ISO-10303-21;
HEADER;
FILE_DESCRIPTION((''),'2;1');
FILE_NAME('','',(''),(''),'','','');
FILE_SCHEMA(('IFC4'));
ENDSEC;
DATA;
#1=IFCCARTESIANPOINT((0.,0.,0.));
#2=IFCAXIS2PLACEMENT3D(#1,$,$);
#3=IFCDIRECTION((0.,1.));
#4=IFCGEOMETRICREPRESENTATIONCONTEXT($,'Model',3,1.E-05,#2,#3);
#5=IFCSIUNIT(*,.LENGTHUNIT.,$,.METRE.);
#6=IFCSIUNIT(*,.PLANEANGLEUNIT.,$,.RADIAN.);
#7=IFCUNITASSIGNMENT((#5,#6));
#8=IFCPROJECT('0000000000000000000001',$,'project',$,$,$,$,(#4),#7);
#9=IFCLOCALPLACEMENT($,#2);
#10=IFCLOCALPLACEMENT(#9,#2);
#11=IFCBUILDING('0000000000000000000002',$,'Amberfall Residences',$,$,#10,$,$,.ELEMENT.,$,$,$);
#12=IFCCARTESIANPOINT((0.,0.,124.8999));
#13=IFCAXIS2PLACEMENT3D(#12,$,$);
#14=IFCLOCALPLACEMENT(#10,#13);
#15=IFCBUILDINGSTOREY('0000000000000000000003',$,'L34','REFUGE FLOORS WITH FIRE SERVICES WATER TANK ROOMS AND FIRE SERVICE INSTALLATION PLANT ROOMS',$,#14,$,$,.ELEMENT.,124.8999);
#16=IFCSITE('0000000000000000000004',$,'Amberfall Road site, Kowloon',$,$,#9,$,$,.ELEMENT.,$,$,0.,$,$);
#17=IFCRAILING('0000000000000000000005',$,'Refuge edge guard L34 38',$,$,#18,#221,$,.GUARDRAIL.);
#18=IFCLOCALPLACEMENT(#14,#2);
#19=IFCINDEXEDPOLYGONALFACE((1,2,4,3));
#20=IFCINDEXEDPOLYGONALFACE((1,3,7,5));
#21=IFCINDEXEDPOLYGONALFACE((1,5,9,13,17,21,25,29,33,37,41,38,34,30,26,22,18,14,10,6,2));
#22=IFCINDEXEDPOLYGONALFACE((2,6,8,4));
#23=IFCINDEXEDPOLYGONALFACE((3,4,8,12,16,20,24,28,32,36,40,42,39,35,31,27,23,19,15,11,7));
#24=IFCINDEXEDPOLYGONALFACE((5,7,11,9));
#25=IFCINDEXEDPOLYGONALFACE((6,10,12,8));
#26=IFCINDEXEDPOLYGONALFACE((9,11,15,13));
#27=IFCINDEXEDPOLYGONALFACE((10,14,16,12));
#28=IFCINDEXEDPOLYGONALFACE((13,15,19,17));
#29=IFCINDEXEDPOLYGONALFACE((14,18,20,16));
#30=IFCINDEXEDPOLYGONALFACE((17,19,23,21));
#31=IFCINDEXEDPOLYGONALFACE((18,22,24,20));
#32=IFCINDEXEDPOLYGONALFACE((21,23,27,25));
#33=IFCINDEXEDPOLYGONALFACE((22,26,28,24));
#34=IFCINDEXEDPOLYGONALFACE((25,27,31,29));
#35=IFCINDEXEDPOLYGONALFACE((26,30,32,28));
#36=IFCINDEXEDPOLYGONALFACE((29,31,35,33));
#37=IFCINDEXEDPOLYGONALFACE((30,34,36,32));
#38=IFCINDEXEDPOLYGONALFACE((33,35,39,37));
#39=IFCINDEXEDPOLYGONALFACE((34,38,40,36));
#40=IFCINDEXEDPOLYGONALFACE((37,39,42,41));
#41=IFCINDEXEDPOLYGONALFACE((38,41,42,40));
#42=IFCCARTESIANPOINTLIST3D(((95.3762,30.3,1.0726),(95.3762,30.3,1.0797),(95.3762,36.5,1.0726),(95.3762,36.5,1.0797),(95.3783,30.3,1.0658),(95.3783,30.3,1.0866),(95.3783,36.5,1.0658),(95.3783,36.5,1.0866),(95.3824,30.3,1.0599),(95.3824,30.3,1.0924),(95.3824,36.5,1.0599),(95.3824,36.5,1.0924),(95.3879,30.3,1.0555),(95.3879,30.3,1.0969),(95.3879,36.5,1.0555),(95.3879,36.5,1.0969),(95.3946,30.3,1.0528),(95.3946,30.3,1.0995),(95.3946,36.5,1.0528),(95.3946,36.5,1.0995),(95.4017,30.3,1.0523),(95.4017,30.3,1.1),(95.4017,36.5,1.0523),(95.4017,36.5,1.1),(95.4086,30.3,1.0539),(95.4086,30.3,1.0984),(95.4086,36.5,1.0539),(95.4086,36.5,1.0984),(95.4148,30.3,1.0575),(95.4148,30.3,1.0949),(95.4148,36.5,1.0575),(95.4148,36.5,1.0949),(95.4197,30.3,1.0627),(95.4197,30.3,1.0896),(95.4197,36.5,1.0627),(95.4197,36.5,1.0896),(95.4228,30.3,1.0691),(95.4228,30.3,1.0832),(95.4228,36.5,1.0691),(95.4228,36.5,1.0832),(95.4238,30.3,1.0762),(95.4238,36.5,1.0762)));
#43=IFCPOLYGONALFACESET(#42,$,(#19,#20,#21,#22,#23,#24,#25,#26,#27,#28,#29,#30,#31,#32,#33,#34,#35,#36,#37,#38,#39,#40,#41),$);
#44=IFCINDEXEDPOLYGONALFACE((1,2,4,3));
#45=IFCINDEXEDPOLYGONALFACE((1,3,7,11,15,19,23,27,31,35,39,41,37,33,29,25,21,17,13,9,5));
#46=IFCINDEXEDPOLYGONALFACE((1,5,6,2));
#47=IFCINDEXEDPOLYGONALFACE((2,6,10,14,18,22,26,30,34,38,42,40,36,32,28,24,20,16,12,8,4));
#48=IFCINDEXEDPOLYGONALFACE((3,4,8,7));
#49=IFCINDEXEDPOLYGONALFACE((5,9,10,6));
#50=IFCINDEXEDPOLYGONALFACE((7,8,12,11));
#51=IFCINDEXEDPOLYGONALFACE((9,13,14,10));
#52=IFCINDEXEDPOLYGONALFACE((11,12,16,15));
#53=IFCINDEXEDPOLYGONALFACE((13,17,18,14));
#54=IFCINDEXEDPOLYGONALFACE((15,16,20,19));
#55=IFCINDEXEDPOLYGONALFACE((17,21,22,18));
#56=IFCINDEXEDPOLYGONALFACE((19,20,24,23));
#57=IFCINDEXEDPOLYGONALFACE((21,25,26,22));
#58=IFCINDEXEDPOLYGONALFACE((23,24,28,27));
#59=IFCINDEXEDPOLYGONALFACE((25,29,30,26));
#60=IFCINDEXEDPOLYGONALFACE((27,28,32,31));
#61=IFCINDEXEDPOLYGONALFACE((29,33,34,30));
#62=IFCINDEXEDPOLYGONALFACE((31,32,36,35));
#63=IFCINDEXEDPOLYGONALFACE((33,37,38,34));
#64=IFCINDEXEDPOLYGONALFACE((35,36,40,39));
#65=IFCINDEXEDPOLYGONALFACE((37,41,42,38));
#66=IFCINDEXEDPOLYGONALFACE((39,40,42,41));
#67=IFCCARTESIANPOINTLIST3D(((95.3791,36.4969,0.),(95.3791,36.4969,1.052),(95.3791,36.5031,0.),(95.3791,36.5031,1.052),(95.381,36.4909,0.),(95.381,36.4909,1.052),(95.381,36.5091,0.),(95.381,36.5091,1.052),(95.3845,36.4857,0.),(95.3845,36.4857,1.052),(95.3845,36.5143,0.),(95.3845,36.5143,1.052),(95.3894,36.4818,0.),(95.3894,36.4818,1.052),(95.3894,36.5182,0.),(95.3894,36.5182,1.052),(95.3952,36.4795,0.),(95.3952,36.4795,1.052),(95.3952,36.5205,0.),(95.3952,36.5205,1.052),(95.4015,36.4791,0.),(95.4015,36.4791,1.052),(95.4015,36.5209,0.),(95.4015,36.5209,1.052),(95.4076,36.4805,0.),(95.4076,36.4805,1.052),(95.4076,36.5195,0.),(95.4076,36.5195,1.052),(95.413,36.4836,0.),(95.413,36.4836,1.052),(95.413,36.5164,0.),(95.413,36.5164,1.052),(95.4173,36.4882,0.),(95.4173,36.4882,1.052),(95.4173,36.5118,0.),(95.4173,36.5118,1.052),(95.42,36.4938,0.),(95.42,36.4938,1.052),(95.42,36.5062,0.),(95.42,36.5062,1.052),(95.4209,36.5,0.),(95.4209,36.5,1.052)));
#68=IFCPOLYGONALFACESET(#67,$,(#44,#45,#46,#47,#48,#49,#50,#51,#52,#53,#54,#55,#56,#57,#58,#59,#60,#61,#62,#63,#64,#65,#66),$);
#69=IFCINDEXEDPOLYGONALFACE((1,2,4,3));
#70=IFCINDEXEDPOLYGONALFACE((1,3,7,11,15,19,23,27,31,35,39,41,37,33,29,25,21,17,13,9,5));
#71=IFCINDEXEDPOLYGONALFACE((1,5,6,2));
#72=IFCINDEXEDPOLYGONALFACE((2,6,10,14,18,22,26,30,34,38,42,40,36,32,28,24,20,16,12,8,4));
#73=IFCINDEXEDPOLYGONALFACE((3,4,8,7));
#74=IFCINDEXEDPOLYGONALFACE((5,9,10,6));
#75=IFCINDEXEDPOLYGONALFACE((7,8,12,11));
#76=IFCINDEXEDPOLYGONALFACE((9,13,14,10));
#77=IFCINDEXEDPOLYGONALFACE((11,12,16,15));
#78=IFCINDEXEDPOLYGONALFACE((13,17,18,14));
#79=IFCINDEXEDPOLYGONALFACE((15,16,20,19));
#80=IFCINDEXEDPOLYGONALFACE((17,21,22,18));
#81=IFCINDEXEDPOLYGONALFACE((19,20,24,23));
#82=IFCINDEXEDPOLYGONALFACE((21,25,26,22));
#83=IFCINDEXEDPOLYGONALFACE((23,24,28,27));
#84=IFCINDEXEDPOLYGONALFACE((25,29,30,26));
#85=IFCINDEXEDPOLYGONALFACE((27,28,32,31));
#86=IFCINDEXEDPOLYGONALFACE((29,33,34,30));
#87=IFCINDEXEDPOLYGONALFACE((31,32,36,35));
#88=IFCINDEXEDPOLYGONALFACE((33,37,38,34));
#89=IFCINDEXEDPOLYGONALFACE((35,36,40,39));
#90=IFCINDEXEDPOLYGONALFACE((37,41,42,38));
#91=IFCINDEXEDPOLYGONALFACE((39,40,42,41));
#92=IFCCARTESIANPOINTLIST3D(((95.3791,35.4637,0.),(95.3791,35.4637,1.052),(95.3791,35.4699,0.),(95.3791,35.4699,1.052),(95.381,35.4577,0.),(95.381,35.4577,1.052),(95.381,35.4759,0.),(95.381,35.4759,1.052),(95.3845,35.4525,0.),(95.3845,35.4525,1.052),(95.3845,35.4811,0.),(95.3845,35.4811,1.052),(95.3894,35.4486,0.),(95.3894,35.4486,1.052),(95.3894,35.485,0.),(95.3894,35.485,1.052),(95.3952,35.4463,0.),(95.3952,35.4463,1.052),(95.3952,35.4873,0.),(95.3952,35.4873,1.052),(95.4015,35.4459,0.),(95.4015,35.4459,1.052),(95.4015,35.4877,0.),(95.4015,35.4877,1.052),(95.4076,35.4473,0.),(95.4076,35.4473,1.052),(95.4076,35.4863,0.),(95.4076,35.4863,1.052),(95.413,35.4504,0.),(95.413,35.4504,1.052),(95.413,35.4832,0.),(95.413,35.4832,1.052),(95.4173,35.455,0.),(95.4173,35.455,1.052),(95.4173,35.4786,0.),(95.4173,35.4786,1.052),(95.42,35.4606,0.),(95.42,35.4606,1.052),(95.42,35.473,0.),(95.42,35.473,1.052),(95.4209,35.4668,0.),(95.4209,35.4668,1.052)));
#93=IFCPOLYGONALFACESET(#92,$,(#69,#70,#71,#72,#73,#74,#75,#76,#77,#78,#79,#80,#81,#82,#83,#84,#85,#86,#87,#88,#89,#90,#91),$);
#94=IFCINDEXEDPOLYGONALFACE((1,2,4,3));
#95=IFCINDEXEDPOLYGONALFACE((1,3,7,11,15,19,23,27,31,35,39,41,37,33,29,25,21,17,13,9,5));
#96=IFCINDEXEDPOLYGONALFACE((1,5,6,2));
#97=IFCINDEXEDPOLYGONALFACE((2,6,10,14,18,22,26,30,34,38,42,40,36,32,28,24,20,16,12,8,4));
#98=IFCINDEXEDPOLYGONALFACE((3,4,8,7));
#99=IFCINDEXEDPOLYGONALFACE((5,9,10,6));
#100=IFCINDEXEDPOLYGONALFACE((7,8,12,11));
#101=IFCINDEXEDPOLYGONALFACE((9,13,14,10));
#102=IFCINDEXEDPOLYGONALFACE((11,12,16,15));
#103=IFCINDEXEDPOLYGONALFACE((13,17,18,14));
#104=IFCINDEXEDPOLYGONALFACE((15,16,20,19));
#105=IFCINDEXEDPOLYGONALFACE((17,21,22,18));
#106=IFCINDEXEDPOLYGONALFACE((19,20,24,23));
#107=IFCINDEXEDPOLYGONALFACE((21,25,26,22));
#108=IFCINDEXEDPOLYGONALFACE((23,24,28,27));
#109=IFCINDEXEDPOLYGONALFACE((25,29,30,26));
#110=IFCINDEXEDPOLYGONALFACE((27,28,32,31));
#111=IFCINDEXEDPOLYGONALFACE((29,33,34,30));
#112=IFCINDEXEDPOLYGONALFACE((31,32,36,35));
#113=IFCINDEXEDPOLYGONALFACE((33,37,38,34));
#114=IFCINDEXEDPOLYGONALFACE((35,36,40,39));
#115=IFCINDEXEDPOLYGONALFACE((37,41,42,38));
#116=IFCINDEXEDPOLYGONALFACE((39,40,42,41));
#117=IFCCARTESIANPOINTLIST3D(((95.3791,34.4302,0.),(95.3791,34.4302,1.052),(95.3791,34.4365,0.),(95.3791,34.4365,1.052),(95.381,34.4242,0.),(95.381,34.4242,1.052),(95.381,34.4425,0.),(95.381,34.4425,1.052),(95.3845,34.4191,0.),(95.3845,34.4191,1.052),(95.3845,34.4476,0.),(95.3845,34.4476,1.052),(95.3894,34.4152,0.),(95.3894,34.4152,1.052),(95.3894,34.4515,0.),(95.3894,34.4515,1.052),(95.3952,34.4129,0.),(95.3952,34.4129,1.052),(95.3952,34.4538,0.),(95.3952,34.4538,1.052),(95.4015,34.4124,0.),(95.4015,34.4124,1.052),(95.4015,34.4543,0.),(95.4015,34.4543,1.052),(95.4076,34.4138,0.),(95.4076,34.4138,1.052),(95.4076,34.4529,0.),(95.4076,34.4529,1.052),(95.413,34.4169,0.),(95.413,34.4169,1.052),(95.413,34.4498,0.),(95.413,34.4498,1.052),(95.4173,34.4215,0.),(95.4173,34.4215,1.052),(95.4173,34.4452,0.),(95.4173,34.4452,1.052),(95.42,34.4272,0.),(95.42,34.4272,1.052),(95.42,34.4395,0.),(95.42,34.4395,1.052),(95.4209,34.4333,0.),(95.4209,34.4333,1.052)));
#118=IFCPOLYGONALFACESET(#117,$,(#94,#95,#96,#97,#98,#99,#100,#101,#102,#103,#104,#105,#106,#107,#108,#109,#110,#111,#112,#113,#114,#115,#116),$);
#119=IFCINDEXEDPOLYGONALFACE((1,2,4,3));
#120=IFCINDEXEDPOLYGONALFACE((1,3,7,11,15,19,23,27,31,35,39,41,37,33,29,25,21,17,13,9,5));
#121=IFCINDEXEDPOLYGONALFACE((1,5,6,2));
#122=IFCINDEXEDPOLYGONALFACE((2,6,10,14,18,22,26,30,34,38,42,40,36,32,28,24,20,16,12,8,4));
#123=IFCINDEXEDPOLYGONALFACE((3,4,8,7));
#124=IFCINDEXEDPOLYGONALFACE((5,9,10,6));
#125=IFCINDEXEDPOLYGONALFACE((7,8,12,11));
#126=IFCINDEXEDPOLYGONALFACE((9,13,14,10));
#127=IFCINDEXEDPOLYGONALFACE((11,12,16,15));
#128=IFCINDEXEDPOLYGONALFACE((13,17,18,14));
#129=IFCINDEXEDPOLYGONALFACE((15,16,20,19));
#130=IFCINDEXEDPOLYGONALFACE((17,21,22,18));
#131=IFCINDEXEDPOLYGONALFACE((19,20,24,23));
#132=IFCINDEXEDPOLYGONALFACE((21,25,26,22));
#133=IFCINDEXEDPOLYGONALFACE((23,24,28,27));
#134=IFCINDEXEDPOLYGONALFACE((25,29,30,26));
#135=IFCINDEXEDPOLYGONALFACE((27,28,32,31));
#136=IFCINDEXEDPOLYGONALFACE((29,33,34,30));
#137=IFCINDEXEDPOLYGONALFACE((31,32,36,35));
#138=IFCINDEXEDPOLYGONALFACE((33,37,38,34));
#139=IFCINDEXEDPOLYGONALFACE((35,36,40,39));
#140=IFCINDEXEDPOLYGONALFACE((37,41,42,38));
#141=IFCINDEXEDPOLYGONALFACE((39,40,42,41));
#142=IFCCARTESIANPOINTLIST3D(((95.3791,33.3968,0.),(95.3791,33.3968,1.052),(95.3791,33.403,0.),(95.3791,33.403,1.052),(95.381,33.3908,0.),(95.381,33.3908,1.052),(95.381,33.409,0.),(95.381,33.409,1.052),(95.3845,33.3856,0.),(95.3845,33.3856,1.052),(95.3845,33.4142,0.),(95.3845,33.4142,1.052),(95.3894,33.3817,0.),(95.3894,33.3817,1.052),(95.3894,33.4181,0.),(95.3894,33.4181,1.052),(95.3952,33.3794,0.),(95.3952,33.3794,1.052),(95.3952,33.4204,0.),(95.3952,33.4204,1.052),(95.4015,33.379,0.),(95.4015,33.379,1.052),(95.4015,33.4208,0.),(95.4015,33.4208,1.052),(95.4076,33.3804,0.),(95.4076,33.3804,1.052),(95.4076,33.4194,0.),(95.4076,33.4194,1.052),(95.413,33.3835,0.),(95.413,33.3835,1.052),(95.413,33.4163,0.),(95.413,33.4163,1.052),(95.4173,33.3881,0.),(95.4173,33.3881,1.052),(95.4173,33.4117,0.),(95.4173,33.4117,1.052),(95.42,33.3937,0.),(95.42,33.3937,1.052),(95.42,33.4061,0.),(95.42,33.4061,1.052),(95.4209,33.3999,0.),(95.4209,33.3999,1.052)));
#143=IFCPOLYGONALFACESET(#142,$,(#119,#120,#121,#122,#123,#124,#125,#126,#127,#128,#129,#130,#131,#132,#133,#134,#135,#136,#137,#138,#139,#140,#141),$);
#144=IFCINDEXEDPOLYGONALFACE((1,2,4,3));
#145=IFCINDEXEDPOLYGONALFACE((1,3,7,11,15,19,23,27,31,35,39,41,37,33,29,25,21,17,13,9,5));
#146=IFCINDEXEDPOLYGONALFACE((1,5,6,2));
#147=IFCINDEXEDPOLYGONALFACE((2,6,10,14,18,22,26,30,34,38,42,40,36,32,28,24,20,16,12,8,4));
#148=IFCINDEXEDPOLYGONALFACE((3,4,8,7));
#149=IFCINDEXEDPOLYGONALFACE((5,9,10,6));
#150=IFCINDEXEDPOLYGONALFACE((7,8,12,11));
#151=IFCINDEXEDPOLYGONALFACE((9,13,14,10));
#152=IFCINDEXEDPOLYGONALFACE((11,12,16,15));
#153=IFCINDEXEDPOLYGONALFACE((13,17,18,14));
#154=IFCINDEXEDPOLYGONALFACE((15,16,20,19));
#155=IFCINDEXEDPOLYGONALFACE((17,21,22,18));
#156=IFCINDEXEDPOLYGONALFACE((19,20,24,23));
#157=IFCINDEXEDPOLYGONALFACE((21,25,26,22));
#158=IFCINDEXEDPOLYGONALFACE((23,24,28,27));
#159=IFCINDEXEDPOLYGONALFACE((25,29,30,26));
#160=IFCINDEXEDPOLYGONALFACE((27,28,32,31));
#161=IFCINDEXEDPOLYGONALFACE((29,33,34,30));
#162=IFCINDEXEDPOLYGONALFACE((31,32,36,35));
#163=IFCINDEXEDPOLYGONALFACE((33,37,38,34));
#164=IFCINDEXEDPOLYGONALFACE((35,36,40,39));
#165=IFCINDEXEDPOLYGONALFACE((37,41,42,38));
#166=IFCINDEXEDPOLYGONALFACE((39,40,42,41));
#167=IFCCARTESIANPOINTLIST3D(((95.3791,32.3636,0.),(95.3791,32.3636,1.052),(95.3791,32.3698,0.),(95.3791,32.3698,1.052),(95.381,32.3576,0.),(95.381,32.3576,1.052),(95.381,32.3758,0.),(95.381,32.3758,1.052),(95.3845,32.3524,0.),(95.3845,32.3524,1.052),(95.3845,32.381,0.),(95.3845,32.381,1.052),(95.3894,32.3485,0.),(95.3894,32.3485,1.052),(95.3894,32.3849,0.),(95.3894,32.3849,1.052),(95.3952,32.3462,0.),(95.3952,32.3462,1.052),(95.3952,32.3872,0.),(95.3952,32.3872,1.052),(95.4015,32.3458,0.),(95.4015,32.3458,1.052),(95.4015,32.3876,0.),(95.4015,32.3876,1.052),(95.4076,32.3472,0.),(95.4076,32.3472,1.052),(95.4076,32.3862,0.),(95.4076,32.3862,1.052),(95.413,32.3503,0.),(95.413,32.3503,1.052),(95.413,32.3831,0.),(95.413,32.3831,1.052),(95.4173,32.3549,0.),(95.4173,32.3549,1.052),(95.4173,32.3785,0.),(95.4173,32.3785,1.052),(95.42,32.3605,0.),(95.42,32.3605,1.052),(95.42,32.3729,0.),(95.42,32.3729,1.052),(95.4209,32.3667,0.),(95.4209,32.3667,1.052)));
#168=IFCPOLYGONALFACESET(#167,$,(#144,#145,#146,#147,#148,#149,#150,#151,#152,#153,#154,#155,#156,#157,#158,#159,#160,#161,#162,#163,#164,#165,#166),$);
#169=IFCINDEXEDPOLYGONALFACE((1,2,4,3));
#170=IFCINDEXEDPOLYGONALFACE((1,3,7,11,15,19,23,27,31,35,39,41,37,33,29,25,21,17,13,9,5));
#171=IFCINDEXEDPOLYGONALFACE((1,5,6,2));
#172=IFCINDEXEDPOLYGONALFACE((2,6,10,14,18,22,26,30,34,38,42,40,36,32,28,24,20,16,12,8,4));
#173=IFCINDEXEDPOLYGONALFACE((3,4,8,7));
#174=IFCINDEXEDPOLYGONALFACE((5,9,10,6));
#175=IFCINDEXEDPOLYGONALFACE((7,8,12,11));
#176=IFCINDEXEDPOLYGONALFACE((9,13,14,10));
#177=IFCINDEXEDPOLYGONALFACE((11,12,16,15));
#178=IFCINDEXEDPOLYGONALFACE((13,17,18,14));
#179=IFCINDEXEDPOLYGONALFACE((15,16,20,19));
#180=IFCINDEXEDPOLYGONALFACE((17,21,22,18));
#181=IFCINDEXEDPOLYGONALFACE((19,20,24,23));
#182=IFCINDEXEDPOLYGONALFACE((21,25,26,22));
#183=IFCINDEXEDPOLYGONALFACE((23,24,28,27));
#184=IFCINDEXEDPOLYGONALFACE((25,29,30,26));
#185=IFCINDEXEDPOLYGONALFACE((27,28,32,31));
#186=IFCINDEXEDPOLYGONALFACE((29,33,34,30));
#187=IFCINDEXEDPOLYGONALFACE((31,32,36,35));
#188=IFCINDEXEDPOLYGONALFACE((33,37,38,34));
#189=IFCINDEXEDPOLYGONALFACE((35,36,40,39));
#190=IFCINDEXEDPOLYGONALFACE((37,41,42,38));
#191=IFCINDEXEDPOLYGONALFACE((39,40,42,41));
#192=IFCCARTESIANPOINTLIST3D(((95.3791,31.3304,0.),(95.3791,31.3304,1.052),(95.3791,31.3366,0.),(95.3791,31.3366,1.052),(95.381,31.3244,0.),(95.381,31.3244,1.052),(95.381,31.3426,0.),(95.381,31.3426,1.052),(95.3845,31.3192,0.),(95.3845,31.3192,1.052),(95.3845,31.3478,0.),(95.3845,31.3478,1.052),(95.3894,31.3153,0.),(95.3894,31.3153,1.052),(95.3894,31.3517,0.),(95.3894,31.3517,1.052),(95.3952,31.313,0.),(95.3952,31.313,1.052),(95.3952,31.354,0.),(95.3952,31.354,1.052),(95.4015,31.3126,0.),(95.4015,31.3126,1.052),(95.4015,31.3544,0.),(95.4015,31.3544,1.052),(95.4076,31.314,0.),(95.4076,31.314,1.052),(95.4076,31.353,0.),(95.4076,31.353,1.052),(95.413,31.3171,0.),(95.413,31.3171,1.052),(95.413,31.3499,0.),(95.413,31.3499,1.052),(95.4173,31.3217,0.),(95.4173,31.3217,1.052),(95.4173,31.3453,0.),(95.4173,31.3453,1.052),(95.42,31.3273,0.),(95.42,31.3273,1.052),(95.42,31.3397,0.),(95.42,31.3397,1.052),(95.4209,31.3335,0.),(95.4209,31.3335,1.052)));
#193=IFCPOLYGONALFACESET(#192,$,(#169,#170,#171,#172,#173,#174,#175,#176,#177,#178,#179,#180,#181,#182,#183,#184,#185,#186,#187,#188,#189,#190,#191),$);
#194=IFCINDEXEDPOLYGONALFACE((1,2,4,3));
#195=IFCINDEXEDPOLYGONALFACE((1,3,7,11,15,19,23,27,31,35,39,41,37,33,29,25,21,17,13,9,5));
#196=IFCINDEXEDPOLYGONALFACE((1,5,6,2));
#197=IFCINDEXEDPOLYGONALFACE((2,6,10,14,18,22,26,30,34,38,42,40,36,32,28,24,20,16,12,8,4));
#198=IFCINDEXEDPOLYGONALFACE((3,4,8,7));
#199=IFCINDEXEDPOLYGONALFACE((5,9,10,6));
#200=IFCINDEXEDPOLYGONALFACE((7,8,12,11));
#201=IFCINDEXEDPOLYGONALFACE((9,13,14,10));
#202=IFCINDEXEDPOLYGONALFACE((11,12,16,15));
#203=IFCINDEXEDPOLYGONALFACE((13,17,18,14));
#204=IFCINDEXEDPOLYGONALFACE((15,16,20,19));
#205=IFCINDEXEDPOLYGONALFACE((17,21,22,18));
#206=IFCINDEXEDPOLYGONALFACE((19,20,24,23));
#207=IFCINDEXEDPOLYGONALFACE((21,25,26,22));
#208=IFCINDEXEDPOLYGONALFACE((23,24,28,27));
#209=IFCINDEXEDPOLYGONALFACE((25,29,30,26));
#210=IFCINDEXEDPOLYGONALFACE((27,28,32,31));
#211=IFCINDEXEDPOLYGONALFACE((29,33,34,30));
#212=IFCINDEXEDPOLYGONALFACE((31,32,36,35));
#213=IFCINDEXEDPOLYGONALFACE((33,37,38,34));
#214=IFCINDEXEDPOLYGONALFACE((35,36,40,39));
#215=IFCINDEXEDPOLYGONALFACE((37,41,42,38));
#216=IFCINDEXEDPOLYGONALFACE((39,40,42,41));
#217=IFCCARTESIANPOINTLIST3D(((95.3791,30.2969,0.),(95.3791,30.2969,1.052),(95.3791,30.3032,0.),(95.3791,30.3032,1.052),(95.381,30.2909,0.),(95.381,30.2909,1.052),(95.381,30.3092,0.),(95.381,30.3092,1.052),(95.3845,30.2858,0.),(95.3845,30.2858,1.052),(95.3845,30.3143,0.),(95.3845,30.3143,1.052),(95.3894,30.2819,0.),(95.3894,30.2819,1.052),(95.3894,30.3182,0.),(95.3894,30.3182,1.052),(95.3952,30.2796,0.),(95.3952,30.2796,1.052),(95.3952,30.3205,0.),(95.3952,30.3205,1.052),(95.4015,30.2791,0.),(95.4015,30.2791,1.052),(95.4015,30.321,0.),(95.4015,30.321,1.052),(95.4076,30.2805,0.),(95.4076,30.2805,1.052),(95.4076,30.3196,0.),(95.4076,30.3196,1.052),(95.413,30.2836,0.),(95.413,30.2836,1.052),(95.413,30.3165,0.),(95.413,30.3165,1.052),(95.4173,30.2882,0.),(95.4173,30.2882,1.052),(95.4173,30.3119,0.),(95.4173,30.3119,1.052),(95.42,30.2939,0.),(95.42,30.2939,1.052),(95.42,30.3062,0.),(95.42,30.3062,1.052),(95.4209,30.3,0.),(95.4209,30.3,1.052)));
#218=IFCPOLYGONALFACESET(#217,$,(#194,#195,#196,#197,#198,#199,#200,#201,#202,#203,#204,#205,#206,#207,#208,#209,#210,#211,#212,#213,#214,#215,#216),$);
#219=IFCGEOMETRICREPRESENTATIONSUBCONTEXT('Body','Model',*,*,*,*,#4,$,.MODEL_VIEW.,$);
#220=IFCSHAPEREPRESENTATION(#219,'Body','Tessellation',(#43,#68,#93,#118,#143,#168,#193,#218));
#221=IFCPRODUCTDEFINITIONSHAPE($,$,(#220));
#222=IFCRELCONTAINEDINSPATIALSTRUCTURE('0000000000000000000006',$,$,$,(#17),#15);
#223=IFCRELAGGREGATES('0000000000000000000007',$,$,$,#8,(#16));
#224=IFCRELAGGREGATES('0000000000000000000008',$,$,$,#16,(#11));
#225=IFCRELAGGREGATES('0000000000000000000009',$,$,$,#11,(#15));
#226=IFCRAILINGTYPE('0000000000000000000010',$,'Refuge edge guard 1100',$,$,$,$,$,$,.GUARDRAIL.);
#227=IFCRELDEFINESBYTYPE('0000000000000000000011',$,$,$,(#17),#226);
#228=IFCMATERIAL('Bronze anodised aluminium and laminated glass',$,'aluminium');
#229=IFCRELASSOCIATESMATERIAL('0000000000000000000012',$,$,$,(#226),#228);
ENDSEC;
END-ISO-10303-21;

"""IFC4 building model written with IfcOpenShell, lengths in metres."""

from ifc_helpers import new_model, si_unit, direction, frame, origin, origin_2d, place, context, subcontext, project, spatial, circle, extrude, material, type_object, element, save


model = new_model("IFC4")

# Units and contexts
model_context = context("Model", 3, precision=1e-05, world=origin(), true_north=direction((0.0, 1.0)))
body_context = subcontext(model_context, "Body", "Model", "MODEL_VIEW")
ifc_project = project(units=[si_unit("LENGTHUNIT", "METRE"), si_unit("PLANEANGLEUNIT", "RADIAN")], contexts=[model_context])

# Site, building, storey
site_placement = place(None, origin())
site = spatial("IfcSite", under=ifc_project, at=site_placement, Name="Amberfall Road site, Kowloon", CompositionType="ELEMENT", RefElevation=0.0)
building_placement = place(site_placement, origin())
building = spatial("IfcBuilding", under=site, at=building_placement, Name="Amberfall Residences", CompositionType="ELEMENT")
storey_placement = place(building_placement, frame((0.0, 0.0, 124.8999)))
storey = spatial("IfcBuildingStorey", under=building, at=storey_placement, Name="L34", Description="REFUGE FLOORS WITH FIRE SERVICES WATER TANK ROOMS AND FIRE SERVICE INSTALLATION PLANT ROOMS", CompositionType="ELEMENT", Elevation=124.8999)

# Railing
ifc_material_1 = material(Name="Bronze anodised aluminium and laminated glass", Category="aluminium")
railing_type = type_object("IfcRailingType", Name="Refuge edge guard 1100", PredefinedType="GUARDRAIL", material=ifc_material_1)
railing_1_placement = place(storey_placement, frame((95.3999, 36.5, 0.0)))
element("IfcRailing", 1, at=railing_1_placement, inside=storey, type_object=railing_type, Name="Refuge edge guard L34 38", PredefinedType="GUARDRAIL", context=body_context, shape_type="SweptSolid", body=[
    extrude(circle(Radius=0.0239, at=origin_2d()), frame((0.0, 0.0, 1.0762), z_axis=(0.0, -1.0, 0.0), x_axis=(1.0, 0.0, 0.0)), (0.0, 0.0, 1.0), 6.2),
    extrude(circle(Radius=0.021, at=origin_2d()), origin(), (0.0, 0.0, 1.0), 1.052),
    extrude(circle(Radius=0.021, at=origin_2d()), frame((0.0, -1.0332, 0.0)), (0.0, 0.0, 1.0), 1.052),
    extrude(circle(Radius=0.021, at=origin_2d()), frame((0.0, -2.0667, 0.0)), (0.0, 0.0, 1.0), 1.052),
    extrude(circle(Radius=0.021, at=origin_2d()), frame((0.0, -3.1001, 0.0)), (0.0, 0.0, 1.0), 1.052),
    extrude(circle(Radius=0.021, at=origin_2d()), frame((0.0, -4.1333, 0.0)), (0.0, 0.0, 1.0), 1.052),
    extrude(circle(Radius=0.021, at=origin_2d()), frame((0.0, -5.1665, 0.0)), (0.0, 0.0, 1.0), 1.052),
    extrude(circle(Radius=0.021, at=origin_2d()), frame((0.0, -6.2, 0.0)), (0.0, 0.0, 1.0), 1.052),
])

save(model, "model.ifc")
